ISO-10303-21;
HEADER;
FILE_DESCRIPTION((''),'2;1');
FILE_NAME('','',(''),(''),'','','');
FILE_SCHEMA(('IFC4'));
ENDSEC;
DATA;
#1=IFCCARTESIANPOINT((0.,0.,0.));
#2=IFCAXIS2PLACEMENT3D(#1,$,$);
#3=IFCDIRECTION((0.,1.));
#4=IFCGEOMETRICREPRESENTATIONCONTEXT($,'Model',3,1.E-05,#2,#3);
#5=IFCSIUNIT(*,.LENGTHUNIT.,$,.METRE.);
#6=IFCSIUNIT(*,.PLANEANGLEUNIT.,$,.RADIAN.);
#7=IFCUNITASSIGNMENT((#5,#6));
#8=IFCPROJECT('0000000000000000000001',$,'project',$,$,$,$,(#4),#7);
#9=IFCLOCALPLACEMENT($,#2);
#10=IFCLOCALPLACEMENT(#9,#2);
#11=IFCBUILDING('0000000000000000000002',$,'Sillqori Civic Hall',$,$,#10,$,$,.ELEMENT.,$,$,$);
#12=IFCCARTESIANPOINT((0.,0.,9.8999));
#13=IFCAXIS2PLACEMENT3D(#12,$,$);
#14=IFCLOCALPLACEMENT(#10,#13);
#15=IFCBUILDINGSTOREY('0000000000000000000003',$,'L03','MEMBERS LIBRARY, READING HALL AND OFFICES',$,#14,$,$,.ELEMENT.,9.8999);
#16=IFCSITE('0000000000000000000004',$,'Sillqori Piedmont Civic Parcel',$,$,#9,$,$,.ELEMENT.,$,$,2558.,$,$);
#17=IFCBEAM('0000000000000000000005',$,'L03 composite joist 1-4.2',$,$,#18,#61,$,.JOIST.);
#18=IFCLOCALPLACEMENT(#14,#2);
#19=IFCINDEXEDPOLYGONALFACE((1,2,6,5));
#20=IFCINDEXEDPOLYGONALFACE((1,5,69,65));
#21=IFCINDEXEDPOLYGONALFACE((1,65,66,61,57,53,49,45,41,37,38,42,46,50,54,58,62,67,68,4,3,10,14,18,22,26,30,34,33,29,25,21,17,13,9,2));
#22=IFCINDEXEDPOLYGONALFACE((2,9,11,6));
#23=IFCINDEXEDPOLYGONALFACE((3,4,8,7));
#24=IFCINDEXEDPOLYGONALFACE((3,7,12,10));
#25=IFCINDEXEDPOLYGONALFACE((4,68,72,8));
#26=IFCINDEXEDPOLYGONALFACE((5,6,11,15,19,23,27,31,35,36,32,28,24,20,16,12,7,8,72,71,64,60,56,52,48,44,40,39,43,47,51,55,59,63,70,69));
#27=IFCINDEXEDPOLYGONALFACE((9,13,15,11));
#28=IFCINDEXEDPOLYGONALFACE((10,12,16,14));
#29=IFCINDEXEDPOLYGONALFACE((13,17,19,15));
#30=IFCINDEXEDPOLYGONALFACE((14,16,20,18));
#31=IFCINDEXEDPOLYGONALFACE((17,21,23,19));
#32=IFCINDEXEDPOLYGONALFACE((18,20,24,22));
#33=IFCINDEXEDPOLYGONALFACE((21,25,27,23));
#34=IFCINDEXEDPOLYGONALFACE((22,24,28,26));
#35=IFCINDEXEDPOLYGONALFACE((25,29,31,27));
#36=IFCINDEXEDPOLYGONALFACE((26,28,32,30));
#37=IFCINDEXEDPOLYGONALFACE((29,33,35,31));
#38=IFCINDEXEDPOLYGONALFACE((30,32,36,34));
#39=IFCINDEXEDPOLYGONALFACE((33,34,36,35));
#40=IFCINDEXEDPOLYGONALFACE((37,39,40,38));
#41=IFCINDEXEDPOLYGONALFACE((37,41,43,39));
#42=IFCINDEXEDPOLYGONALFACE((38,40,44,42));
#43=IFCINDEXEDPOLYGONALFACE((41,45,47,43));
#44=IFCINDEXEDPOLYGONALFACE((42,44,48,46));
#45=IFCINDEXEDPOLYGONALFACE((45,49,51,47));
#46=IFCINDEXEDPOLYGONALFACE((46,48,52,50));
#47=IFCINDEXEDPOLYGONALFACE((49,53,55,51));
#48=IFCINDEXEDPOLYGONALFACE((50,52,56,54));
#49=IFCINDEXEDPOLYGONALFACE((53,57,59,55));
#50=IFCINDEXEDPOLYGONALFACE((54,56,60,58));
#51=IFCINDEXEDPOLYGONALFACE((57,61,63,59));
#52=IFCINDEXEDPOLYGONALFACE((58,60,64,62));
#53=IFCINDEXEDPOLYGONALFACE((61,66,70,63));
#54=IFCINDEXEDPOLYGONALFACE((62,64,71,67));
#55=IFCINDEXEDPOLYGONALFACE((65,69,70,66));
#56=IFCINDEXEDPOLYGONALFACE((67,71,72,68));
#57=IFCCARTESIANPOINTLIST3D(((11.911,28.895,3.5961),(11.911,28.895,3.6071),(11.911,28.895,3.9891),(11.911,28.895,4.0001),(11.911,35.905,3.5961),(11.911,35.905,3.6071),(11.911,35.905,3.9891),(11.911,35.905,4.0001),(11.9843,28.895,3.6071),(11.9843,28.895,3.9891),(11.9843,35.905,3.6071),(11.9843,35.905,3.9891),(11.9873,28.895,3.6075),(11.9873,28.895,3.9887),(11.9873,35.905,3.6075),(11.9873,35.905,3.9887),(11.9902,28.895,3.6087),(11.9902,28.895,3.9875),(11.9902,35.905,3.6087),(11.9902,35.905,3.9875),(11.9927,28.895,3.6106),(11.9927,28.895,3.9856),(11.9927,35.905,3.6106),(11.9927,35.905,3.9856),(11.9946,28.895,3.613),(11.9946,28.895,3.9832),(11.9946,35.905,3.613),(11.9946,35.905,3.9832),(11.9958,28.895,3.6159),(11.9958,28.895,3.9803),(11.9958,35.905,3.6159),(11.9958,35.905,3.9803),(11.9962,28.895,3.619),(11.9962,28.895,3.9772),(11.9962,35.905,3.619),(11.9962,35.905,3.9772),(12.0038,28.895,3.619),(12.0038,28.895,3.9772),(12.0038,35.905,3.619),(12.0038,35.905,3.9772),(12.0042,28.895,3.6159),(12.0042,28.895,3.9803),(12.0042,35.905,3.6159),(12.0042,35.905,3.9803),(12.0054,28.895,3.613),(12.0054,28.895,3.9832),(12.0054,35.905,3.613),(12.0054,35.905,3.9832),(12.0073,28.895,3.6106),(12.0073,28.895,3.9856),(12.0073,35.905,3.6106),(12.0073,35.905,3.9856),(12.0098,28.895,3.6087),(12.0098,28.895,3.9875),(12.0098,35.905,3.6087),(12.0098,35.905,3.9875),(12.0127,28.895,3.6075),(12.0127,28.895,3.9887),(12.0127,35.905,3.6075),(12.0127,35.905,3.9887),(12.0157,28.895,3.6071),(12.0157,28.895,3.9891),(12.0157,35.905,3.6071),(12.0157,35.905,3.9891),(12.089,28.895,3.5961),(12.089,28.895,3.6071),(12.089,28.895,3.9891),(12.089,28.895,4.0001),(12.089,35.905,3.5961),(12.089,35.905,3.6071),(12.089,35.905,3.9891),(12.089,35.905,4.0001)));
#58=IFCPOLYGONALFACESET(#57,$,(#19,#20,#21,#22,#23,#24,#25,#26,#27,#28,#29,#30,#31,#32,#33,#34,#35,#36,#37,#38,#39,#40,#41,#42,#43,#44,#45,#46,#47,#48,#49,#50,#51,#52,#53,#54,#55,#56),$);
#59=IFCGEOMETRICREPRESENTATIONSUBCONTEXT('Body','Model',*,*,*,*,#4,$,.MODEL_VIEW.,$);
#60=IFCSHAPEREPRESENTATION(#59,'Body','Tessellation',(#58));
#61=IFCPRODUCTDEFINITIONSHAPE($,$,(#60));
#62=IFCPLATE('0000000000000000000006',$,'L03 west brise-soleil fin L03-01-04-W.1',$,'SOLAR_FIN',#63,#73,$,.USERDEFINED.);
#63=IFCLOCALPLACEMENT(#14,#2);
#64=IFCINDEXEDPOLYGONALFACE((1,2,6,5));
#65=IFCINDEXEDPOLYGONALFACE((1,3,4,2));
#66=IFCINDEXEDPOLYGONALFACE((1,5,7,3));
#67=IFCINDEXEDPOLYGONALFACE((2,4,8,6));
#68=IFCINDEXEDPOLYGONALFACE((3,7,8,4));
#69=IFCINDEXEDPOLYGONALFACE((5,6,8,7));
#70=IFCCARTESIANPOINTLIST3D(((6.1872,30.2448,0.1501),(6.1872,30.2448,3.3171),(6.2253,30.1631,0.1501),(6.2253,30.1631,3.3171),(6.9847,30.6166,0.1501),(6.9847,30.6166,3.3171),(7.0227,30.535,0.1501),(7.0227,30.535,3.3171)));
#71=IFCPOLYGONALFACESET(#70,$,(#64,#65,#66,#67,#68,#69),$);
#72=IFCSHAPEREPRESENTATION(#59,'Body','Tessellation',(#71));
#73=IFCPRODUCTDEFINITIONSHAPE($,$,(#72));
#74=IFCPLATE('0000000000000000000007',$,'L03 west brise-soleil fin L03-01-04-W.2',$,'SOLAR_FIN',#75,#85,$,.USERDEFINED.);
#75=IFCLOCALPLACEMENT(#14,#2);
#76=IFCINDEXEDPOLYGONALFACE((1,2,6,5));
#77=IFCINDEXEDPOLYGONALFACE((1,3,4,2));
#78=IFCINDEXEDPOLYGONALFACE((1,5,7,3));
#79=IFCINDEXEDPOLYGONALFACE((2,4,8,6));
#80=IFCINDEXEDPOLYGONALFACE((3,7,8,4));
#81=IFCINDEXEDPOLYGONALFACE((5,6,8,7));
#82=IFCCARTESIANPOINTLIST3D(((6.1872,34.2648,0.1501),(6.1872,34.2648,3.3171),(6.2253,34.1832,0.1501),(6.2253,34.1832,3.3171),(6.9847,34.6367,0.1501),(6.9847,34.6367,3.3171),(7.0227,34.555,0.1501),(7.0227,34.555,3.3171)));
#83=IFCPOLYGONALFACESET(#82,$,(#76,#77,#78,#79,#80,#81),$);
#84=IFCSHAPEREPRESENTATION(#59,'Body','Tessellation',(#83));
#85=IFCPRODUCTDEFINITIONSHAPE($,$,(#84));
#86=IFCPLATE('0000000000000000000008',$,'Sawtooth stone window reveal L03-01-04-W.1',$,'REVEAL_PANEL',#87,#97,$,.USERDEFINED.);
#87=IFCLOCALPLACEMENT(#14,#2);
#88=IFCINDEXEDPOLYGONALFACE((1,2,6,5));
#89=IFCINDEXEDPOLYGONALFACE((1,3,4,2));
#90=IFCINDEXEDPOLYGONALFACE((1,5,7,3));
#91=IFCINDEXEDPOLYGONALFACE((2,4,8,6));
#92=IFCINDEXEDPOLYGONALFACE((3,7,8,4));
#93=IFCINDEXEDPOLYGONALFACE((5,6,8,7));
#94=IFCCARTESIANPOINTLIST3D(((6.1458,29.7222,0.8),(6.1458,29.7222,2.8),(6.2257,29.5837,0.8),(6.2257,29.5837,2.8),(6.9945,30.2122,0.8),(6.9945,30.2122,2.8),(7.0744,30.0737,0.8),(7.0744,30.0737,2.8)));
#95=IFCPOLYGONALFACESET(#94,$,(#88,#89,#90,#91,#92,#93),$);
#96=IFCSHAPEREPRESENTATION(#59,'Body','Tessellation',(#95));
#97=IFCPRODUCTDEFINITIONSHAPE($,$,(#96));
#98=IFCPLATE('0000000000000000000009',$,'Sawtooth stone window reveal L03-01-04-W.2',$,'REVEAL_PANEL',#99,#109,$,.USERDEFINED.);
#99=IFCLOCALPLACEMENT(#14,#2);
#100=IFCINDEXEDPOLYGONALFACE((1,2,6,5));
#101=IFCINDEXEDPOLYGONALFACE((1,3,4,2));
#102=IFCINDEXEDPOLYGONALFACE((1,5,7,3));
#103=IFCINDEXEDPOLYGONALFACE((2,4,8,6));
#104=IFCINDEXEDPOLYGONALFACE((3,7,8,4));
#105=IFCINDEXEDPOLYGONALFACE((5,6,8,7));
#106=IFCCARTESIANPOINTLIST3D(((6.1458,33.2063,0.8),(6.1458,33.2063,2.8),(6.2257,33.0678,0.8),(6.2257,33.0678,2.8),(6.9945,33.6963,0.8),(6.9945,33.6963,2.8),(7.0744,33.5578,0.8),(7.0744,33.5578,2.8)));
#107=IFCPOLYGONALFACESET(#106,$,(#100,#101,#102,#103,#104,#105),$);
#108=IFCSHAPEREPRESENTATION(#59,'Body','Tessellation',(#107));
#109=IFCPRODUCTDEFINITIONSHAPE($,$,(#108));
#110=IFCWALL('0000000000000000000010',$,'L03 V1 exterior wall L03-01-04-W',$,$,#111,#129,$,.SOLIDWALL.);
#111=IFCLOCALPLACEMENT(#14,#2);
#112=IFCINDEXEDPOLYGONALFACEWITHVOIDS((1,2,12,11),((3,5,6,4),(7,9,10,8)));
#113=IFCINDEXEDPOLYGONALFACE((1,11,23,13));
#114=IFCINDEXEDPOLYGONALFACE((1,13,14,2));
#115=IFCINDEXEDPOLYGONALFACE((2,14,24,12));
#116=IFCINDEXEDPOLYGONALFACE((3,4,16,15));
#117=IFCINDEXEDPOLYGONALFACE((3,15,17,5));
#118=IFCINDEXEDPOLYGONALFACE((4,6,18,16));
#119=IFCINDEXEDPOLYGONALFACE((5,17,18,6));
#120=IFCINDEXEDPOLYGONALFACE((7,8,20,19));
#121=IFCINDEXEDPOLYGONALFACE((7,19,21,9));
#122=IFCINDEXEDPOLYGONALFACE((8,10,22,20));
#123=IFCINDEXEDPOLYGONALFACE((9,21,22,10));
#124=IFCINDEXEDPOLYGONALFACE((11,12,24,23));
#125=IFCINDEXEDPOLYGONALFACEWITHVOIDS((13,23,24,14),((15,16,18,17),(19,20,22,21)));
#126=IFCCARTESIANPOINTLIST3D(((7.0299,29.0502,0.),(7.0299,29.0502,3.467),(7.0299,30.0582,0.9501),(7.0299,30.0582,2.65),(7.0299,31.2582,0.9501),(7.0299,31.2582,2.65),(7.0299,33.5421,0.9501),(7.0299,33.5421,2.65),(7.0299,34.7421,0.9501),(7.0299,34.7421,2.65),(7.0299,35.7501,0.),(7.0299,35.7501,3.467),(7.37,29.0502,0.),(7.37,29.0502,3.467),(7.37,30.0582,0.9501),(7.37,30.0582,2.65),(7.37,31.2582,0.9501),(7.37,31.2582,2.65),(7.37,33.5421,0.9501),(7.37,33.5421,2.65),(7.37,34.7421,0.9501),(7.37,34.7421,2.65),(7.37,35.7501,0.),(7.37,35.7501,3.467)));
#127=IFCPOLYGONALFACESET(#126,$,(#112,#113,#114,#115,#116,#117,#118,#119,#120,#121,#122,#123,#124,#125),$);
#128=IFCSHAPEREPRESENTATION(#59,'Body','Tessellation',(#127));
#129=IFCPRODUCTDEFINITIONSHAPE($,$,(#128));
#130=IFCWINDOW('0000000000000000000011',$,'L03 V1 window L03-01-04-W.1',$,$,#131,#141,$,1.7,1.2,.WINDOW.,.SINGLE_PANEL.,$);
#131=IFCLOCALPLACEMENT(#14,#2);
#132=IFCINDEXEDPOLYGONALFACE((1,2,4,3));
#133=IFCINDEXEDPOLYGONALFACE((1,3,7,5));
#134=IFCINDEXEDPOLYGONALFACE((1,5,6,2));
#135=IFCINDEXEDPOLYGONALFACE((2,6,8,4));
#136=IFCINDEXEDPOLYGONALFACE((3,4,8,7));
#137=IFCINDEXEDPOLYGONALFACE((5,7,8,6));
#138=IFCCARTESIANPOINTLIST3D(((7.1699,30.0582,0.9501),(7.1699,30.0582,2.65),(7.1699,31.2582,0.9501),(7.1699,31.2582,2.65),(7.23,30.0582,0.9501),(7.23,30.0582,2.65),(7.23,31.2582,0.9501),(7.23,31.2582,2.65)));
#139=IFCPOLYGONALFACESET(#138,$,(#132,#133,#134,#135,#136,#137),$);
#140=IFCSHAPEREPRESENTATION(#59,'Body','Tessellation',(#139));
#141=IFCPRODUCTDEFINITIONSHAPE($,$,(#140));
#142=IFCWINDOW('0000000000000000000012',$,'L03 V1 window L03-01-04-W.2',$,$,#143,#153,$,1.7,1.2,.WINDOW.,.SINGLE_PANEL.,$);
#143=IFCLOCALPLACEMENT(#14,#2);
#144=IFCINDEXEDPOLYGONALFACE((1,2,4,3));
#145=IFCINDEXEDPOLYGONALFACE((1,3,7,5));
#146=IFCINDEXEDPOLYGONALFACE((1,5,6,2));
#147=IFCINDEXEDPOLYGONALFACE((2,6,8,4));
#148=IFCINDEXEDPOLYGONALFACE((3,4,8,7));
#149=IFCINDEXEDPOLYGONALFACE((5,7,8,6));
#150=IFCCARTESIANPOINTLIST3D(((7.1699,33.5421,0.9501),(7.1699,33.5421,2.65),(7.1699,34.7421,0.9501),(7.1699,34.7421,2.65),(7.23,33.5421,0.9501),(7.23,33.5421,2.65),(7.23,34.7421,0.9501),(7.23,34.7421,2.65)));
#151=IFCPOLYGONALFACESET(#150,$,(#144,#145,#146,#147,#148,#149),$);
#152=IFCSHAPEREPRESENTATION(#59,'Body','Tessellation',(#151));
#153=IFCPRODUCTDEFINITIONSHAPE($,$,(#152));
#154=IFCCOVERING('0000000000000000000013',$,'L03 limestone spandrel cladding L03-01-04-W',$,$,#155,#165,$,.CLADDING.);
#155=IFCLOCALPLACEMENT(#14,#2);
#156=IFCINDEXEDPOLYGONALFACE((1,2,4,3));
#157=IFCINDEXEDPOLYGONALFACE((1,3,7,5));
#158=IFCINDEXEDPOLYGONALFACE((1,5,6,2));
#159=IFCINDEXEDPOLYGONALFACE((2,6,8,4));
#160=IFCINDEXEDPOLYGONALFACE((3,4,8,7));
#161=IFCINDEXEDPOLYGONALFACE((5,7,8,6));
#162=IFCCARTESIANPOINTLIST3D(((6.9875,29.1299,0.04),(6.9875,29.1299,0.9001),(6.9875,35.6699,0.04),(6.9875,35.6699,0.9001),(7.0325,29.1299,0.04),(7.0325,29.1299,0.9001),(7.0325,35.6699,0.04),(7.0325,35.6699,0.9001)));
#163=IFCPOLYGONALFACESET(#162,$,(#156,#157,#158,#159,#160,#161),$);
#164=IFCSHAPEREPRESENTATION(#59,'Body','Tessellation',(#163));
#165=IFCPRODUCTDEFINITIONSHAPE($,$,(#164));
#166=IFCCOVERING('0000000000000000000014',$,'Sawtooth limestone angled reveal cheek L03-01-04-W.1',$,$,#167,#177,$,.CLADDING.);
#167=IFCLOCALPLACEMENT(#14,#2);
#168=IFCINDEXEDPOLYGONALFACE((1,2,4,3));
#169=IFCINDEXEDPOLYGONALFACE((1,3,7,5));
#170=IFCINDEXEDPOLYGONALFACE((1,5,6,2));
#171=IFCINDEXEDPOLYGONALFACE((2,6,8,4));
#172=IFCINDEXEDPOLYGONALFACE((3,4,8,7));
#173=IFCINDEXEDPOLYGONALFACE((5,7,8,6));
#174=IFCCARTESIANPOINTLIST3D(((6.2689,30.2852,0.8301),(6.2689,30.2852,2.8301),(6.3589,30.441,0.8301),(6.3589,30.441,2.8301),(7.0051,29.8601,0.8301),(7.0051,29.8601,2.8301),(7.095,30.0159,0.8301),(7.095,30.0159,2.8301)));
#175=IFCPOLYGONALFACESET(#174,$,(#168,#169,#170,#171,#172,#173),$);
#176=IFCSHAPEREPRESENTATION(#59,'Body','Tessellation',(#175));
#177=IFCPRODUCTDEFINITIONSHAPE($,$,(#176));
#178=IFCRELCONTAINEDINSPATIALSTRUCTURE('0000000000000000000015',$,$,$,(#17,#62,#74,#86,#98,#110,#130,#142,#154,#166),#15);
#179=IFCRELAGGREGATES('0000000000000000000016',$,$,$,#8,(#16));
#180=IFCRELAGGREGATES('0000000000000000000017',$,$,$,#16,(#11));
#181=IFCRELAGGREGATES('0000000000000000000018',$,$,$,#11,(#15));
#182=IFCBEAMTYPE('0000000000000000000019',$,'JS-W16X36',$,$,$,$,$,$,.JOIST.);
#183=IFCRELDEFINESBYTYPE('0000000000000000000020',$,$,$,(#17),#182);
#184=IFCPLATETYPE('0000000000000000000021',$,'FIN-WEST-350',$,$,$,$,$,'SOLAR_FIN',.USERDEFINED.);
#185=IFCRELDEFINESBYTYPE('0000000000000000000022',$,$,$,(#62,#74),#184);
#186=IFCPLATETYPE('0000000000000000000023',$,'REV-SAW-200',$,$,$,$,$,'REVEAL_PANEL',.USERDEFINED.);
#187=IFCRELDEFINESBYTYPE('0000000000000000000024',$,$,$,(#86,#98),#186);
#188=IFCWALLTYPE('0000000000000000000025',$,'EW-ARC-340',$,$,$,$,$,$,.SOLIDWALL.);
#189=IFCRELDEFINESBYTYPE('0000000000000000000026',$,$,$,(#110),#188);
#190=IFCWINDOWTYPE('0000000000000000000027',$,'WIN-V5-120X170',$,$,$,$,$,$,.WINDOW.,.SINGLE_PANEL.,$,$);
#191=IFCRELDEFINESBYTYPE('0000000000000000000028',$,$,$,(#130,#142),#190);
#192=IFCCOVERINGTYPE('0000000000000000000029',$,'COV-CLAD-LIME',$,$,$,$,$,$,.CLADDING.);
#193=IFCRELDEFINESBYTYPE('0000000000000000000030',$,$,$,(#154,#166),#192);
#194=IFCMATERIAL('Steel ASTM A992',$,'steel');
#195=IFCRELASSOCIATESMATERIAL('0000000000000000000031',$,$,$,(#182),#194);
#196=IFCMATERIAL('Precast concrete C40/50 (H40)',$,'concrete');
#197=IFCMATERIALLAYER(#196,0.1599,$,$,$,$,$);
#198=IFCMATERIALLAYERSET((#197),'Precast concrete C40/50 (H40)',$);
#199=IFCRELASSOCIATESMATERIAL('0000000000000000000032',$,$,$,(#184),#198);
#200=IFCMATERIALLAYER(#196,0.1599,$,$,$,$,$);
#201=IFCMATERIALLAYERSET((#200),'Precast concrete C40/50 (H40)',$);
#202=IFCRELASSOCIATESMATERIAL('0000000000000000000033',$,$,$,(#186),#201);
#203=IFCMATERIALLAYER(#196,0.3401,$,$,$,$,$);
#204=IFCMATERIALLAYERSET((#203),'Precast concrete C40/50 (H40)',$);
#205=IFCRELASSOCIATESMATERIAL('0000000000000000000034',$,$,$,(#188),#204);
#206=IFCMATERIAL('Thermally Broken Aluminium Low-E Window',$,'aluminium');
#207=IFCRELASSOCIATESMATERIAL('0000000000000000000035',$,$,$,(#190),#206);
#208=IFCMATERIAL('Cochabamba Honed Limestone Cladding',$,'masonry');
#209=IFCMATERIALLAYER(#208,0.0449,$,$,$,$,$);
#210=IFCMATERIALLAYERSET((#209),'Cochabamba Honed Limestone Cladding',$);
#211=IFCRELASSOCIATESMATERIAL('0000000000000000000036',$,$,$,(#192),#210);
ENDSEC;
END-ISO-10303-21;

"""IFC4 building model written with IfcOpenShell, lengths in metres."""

from ifc_helpers import new_model, si_unit, direction, frame, frame_2d, origin, origin_2d, place, context, subcontext, project, spatial, rectangle, i_section, extrude, material, layer, layer_set, material_profile, profile_set, type_object, element, fill, save


model = new_model("IFC4")

# Units and contexts
model_context = context("Model", 3, precision=1e-05, world=origin(), true_north=direction((0.0, 1.0)))
body_context = subcontext(model_context, "Body", "Model", "MODEL_VIEW")
ifc_project = project(units=[si_unit("LENGTHUNIT", "METRE"), si_unit("PLANEANGLEUNIT", "RADIAN")], contexts=[model_context])

# Site, building, storey
site_placement = place(None, origin())
site = spatial("IfcSite", under=ifc_project, at=site_placement, Name="Sillqori Piedmont Civic Parcel", CompositionType="ELEMENT", RefElevation=2558.0)
building_placement = place(site_placement, origin())
building = spatial("IfcBuilding", under=site, at=building_placement, Name="Sillqori Civic Hall", CompositionType="ELEMENT")
storey_placement = place(building_placement, frame((0.0, 0.0, 9.8999)))
storey = spatial("IfcBuildingStorey", under=building, at=storey_placement, Name="L03", Description="MEMBERS LIBRARY, READING HALL AND OFFICES", CompositionType="ELEMENT", Elevation=9.8999)

# Beam
ifc_material_1 = material(Name="Steel ASTM A992", Category="steel")
ifc_material_profile_1 = material_profile(ifc_material_1, i_section(OverallWidth=0.178, OverallDepth=0.4041, WebThickness=0.0076, FlangeThickness=0.011, FilletRadius=0.012, at=origin_2d()), Name="W16X36")
ifc_profile_set_1 = profile_set([ifc_material_profile_1], Name="Steel ASTM A992")
beam_type_1 = type_object("IfcBeamType", Name="JS-W16X36", PredefinedType="JOIST", material=ifc_profile_set_1)
for number, where, z_axis, x_axis, name in (
    (1, (12.0, 28.895, 3.7981), (0.0, 1.0, 0.0), (-1.0, 0.0, 0.0), "L03 composite joist 1-4.2"),
):
    element("IfcBeam", number, at=place(storey_placement, frame(where, z_axis=z_axis, x_axis=x_axis)), inside=storey, type_object=beam_type_1, Name=name, PredefinedType="JOIST", context=body_context, shape_type="SweptSolid", body=[
        extrude(i_section(OverallWidth=0.178, OverallDepth=0.4041, WebThickness=0.0076, FlangeThickness=0.011, FilletRadius=0.012, at=origin_2d()), origin(), (0.0, 0.0, 1.0), 7.01),
    ])

# Plates
ifc_material_2 = material(Name="Precast concrete C40/50 (H40)", Category="concrete")
ifc_layer_1 = layer(ifc_material_2, 0.1599)
ifc_layer_set_1 = layer_set([ifc_layer_1], Name="Precast concrete C40/50 (H40)")
plate_type_1 = type_object("IfcPlateType", Name="FIN-WEST-350", ElementType="SOLAR_FIN", PredefinedType="USERDEFINED", material=ifc_layer_set_1)
for number, where, z_axis, x_axis, name in (
    (2, (6.605, 30.3899, 0.1501), (0.0, 0.0, 1.0), (-0.422618, 0.906308, 0.0), "L03 west brise-soleil fin L03-01-04-W.1"),
    (3, (6.605, 34.4099, 0.1501), (0.0, 0.0, 1.0), (-0.422618, 0.906308, 0.0), "L03 west brise-soleil fin L03-01-04-W.2"),
):
    element("IfcPlate", number, at=place(storey_placement, frame(where, z_axis=z_axis, x_axis=x_axis)), inside=storey, type_object=plate_type_1, Name=name, ObjectType="SOLAR_FIN", PredefinedType="USERDEFINED", context=body_context, shape_type="SweptSolid", body=[
        extrude(rectangle(XDim=0.0901, YDim=0.8799, at=origin_2d()), origin(), (0.0, 0.0, 1.0), 3.167),
    ])
ifc_layer_2 = layer(ifc_material_2, 0.1599)
ifc_layer_set_2 = layer_set([ifc_layer_2], Name="Precast concrete C40/50 (H40)")
plate_type_2 = type_object("IfcPlateType", Name="REV-SAW-200", ElementType="REVEAL_PANEL", PredefinedType="USERDEFINED", material=ifc_layer_set_2)
for number, where, z_axis, x_axis, name in (
    (4, (6.6101, 29.8979, 0.8), (0.0, 0.0, 1.0), (-0.5, 0.866025, 0.0), "Sawtooth stone window reveal L03-01-04-W.1"),
    (5, (6.6101, 33.3821, 0.8), (0.0, 0.0, 1.0), (-0.5, 0.866025, 0.0), "Sawtooth stone window reveal L03-01-04-W.2"),
):
    element("IfcPlate", number, at=place(storey_placement, frame(where, z_axis=z_axis, x_axis=x_axis)), inside=storey, type_object=plate_type_2, Name=name, ObjectType="REVEAL_PANEL", PredefinedType="USERDEFINED", context=body_context, shape_type="SweptSolid", body=[
        extrude(rectangle(XDim=0.1599, YDim=0.98, at=origin_2d()), origin(), (0.0, 0.0, 1.0), 2.0),
    ])

# Wall, openings, windows
ifc_layer_3 = layer(ifc_material_2, 0.3401)
ifc_layer_set_3 = layer_set([ifc_layer_3], Name="Precast concrete C40/50 (H40)")
wall_type = type_object("IfcWallType", Name="EW-ARC-340", PredefinedType="SOLIDWALL", material=ifc_layer_set_3)
wall_placement = place(storey_placement, frame((7.2, 29.05, 0.0), z_axis=(0.0, 0.0, 1.0), x_axis=(0.0, 1.0, 0.0)))
wall = element("IfcWall", 6, at=wall_placement, inside=storey, type_object=wall_type, Name="L03 V1 exterior wall L03-01-04-W", PredefinedType="SOLIDWALL", context=body_context, shape_type="SweptSolid", body=[
    extrude(rectangle(XDim=6.7, YDim=0.3401, at=frame_2d((3.3501, 0.0))), origin(), (0.0, 0.0, 1.0), 3.467),
])
opening_1_placement = place(wall_placement, frame((1.0081, 0.0, 0.95)))
opening_1 = element("IfcOpeningElement", 7, at=opening_1_placement, cuts=wall, PredefinedType="OPENING", context=body_context, shape_type="SweptSolid", body=[
    extrude(rectangle(XDim=1.2, YDim=1.7, at=frame_2d((0.6001, 0.8501))), frame((0.0, 0.1799, 0.0), z_axis=(0.0, -1.0, 0.0), x_axis=(1.0, 0.0, 0.0)), (0.0, 0.0, 1.0), 0.3601),
])
opening_2_placement = place(wall_placement, frame((4.4919, 0.0, 0.95)))
opening_2 = element("IfcOpeningElement", 8, at=opening_2_placement, cuts=wall, PredefinedType="OPENING", context=body_context, shape_type="SweptSolid", body=[
    extrude(rectangle(XDim=1.2, YDim=1.7, at=frame_2d((0.6001, 0.8501))), frame((0.0, 0.1799, 0.0), z_axis=(0.0, -1.0, 0.0), x_axis=(1.0, 0.0, 0.0)), (0.0, 0.0, 1.0), 0.3601),
])
ifc_material_3 = material(Name="Thermally Broken Aluminium Low-E Window", Category="aluminium")
window_type = type_object("IfcWindowType", Name="WIN-V5-120X170", PartitioningType="SINGLE_PANEL", PredefinedType="WINDOW", material=ifc_material_3)
window_1_placement = place(opening_1_placement, origin())
window_1 = element("IfcWindow", 9, at=window_1_placement, inside=storey, type_object=window_type, Name="L03 V1 window L03-01-04-W.1", OverallHeight=1.7, OverallWidth=1.2, PartitioningType="SINGLE_PANEL", PredefinedType="WINDOW", context=body_context, shape_type="SweptSolid", body=[
    extrude(rectangle(XDim=1.2, YDim=1.7, at=frame_2d((0.6001, 0.8501))), frame((0.0, 0.03, 0.0), z_axis=(0.0, -1.0, 0.0), x_axis=(1.0, 0.0, 0.0)), (0.0, 0.0, 1.0), 0.0601),
])
fill(opening_1, window_1)
window_2_placement = place(opening_2_placement, origin())
window_2 = element("IfcWindow", 10, at=window_2_placement, inside=storey, type_object=window_type, Name="L03 V1 window L03-01-04-W.2", OverallHeight=1.7, OverallWidth=1.2, PartitioningType="SINGLE_PANEL", PredefinedType="WINDOW", context=body_context, shape_type="SweptSolid", body=[
    extrude(rectangle(XDim=1.2, YDim=1.7, at=frame_2d((0.6001, 0.8501))), frame((0.0, 0.03, 0.0), z_axis=(0.0, -1.0, 0.0), x_axis=(1.0, 0.0, 0.0)), (0.0, 0.0, 1.0), 0.0601),
])
fill(opening_2, window_2)

# Coverings
ifc_material_4 = material(Name="Cochabamba Honed Limestone Cladding", Category="masonry")
ifc_layer_4 = layer(ifc_material_4, 0.0449)
ifc_layer_set_4 = layer_set([ifc_layer_4], Name="Cochabamba Honed Limestone Cladding")
covering_type = type_object("IfcCoveringType", Name="COV-CLAD-LIME", PredefinedType="CLADDING", material=ifc_layer_set_4)
covering_1_placement = place(storey_placement, frame((7.01, 29.1299, 0.04), z_axis=(0.0, 0.0, 1.0), x_axis=(0.0, 1.0, 0.0)))
element("IfcCovering", 11, at=covering_1_placement, inside=storey, type_object=covering_type, Name="L03 limestone spandrel cladding L03-01-04-W", PredefinedType="CLADDING", context=body_context, shape_type="SweptSolid", body=[
    extrude(rectangle(XDim=6.54, YDim=0.0449, at=frame_2d((3.27, 0.0))), origin(), (0.0, 0.0, 1.0), 0.8601),
])
covering_2_placement = place(storey_placement, frame((7.05, 29.938, 0.8301), z_axis=(0.0, 0.0, 1.0), x_axis=(-0.865989, 0.500062, 0.0)))
element("IfcCovering", 12, at=covering_2_placement, inside=storey, type_object=covering_type, Name="Sawtooth limestone angled reveal cheek L03-01-04-W.1", PredefinedType="CLADDING", context=body_context, shape_type="SweptSolid", body=[
    extrude(rectangle(XDim=0.8501, YDim=0.1799, at=frame_2d((0.425, 0.0))), origin(), (0.0, 0.0, 1.0), 2.0),
])

save(model, "model.ifc")
